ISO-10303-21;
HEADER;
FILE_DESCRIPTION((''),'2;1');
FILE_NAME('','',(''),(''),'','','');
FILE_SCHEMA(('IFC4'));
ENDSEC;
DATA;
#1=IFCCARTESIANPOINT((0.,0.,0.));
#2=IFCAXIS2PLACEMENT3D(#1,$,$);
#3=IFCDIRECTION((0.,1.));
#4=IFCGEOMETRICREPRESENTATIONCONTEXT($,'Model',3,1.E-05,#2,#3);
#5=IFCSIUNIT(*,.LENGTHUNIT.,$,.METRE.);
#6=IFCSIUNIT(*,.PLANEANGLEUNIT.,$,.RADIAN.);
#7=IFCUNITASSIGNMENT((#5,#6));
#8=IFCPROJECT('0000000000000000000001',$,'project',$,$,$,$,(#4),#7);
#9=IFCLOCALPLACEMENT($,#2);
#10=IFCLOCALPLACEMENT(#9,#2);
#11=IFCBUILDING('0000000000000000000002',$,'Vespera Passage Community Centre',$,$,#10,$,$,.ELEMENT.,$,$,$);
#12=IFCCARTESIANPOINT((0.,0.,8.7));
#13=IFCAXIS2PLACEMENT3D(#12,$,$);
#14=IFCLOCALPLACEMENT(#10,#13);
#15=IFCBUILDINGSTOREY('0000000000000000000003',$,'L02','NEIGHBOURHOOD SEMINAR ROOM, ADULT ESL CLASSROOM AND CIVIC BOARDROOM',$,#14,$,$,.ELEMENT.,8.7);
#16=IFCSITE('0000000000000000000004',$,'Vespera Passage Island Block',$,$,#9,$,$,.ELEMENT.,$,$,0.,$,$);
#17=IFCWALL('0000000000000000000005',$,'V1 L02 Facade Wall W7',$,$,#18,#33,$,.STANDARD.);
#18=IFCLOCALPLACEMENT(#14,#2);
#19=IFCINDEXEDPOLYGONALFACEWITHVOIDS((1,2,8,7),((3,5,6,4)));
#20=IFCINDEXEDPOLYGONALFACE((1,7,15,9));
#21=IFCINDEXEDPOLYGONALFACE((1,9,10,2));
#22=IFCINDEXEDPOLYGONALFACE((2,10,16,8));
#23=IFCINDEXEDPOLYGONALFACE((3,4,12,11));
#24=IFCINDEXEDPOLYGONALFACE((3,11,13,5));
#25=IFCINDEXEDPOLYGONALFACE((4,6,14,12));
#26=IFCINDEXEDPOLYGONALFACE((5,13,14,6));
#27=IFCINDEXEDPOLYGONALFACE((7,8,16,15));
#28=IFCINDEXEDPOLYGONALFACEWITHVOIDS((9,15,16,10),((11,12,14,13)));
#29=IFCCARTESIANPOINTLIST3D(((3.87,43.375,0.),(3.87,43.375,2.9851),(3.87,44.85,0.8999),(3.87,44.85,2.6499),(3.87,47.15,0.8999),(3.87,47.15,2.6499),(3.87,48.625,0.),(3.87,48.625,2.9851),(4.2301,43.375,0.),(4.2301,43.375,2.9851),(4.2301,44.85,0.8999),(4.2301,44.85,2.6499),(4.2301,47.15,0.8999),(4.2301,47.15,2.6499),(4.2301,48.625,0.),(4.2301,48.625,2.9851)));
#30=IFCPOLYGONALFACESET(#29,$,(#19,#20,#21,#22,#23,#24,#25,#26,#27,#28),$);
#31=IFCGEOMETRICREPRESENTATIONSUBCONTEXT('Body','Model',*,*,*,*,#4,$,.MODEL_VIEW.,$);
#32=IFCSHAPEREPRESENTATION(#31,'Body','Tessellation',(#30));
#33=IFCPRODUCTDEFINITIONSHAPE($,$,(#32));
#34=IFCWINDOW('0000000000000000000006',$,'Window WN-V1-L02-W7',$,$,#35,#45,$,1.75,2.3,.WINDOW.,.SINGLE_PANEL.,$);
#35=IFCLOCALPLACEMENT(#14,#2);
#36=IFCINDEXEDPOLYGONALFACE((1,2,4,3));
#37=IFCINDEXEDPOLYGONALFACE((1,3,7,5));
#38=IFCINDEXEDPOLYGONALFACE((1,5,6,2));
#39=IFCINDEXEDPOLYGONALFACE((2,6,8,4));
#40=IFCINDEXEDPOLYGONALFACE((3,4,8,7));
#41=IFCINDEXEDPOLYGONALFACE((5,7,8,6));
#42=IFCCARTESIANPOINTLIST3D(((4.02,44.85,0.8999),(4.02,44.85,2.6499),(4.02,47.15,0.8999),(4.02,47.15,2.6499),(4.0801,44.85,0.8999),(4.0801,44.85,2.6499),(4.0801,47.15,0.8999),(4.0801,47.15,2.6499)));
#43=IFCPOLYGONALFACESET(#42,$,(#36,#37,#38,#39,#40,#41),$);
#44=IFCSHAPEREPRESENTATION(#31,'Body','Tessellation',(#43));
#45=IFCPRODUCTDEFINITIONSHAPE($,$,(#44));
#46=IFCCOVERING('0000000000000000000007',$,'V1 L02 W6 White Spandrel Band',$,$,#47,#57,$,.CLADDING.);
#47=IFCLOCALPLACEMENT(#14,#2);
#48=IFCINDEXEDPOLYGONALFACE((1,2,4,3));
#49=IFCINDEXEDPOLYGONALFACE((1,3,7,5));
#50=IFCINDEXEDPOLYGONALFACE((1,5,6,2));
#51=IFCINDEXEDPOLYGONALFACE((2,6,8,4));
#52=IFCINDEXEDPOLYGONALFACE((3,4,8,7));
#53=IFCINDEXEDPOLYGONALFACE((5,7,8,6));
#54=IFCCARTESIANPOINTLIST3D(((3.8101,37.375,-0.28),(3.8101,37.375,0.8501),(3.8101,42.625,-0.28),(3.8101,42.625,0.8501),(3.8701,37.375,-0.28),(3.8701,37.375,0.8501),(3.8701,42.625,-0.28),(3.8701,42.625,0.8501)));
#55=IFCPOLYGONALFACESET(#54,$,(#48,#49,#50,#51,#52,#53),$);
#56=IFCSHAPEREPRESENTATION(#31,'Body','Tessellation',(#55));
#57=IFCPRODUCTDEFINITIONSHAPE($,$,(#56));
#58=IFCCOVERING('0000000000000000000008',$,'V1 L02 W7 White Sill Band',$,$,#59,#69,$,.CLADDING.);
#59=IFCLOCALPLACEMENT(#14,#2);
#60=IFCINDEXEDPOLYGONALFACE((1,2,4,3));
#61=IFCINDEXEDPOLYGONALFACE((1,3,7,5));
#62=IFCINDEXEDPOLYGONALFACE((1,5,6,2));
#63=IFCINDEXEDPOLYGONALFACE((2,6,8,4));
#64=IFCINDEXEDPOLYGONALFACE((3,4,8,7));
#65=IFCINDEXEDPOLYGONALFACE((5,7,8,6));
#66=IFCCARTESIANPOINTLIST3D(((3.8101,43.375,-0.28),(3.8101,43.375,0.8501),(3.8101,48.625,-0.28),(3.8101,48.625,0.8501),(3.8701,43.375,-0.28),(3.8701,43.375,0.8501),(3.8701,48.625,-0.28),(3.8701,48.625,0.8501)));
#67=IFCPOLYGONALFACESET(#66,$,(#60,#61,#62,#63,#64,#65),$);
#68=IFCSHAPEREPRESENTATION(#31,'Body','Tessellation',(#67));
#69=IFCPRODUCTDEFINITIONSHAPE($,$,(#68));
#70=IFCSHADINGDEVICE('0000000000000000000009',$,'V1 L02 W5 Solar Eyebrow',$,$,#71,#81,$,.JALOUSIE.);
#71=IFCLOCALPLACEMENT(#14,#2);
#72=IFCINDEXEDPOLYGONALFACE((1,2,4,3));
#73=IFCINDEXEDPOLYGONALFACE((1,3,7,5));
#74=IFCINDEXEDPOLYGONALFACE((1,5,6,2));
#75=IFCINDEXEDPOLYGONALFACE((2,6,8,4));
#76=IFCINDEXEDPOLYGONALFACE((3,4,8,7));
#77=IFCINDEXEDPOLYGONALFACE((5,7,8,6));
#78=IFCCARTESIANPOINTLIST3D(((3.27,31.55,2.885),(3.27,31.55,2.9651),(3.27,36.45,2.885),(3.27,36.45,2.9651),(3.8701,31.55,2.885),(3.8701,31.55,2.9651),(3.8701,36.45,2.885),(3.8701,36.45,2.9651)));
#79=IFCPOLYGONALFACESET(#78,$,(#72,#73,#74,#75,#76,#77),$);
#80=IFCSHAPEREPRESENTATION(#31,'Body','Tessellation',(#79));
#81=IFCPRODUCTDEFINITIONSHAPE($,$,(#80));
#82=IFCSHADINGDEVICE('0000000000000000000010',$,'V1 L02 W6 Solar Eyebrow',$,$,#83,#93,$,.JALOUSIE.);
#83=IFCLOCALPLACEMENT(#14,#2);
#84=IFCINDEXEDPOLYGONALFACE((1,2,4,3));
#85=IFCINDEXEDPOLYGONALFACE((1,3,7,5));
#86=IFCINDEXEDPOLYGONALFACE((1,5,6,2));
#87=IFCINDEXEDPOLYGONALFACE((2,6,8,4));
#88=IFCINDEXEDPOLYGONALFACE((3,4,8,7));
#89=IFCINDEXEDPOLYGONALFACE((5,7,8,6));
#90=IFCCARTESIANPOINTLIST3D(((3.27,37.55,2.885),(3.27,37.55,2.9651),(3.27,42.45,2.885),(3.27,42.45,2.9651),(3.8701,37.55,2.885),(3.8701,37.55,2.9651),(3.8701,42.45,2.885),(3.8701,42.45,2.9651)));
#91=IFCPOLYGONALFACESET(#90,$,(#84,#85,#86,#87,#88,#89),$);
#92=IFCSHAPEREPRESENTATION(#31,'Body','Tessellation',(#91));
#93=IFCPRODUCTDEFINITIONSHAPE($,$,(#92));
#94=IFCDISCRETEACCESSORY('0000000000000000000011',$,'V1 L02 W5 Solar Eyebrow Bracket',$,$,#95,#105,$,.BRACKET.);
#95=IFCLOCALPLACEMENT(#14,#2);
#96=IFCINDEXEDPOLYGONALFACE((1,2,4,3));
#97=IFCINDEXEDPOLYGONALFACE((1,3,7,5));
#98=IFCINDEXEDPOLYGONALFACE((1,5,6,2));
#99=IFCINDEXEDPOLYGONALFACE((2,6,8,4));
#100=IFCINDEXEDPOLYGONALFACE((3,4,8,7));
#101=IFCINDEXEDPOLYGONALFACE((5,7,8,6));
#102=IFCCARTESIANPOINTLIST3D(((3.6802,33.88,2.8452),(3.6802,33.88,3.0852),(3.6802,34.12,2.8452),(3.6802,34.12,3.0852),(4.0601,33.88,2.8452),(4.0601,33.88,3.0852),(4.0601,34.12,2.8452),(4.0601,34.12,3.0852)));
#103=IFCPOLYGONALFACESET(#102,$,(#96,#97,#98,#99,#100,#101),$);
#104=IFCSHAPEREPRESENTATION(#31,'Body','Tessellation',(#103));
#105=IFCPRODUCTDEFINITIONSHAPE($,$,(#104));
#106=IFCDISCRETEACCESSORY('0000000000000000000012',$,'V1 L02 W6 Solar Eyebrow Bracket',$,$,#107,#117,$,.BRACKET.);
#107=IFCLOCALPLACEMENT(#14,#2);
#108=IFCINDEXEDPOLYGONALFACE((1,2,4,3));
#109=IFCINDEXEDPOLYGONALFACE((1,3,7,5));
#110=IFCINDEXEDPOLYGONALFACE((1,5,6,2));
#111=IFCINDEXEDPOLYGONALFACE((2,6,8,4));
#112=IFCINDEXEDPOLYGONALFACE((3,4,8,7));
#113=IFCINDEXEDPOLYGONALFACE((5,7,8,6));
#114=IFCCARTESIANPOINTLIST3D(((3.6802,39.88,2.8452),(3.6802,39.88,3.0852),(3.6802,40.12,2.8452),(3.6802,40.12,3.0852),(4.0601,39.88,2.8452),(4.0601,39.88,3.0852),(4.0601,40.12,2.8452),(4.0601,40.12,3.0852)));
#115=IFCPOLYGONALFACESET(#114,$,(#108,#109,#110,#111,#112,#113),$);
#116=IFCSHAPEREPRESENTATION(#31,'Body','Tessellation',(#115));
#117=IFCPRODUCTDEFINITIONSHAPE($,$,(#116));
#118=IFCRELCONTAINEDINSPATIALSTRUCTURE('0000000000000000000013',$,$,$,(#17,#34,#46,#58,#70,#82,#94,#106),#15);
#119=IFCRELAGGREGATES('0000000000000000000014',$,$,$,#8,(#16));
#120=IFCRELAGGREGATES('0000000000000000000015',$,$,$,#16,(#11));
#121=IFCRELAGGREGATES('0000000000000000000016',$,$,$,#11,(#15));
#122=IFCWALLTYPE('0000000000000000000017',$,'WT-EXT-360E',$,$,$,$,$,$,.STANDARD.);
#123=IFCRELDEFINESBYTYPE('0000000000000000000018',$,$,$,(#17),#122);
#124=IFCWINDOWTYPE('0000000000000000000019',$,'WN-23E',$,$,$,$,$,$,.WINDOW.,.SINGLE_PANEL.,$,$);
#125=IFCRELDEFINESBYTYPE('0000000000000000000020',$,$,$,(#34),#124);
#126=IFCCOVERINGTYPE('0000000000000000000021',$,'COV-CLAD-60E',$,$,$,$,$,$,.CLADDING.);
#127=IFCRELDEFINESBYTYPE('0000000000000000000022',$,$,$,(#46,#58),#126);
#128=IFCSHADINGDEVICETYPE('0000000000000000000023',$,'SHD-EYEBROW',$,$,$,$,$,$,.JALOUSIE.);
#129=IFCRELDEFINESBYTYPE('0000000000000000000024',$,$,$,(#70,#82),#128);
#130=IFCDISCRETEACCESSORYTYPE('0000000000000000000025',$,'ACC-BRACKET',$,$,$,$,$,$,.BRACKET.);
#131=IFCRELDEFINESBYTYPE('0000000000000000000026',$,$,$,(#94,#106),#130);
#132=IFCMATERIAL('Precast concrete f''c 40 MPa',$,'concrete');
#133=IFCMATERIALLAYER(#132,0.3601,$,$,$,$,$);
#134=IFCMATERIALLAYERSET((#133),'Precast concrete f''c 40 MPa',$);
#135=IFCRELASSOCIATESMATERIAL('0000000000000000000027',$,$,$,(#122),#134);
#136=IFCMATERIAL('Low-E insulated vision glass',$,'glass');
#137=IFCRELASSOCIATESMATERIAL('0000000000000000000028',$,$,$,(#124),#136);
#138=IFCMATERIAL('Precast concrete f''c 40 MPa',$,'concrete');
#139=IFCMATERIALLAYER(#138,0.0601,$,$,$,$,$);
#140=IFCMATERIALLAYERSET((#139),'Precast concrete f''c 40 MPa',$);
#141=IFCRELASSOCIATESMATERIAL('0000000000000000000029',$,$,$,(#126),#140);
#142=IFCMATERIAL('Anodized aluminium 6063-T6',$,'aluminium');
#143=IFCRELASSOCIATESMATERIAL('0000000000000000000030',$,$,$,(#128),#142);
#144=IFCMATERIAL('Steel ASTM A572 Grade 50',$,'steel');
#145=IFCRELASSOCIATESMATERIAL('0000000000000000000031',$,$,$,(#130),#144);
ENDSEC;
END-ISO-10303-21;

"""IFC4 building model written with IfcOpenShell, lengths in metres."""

from ifc_helpers import new_model, si_unit, direction, frame, frame_2d, origin, origin_2d, place, context, subcontext, project, spatial, rectangle, extrude, material, layer, layer_set, type_object, element, fill, save


model = new_model("IFC4")

# Units and contexts
model_context = context("Model", 3, precision=1e-05, world=origin(), true_north=direction((0.0, 1.0)))
body_context = subcontext(model_context, "Body", "Model", "MODEL_VIEW")
ifc_project = project(units=[si_unit("LENGTHUNIT", "METRE"), si_unit("PLANEANGLEUNIT", "RADIAN")], contexts=[model_context])

# Site, building, storey
site_placement = place(None, origin())
site = spatial("IfcSite", under=ifc_project, at=site_placement, Name="Vespera Passage Island Block", CompositionType="ELEMENT", RefElevation=0.0)
building_placement = place(site_placement, origin())
building = spatial("IfcBuilding", under=site, at=building_placement, Name="Vespera Passage Community Centre", CompositionType="ELEMENT")
storey_placement = place(building_placement, frame((0.0, 0.0, 8.7)))
storey = spatial("IfcBuildingStorey", under=building, at=storey_placement, Name="L02", Description="NEIGHBOURHOOD SEMINAR ROOM, ADULT ESL CLASSROOM AND CIVIC BOARDROOM", CompositionType="ELEMENT", Elevation=8.7)

# Shared definitions
ifc_material_1 = material(Name="Precast concrete f'c 40 MPa", Category="concrete")
ifc_layer_1 = layer(ifc_material_1, 0.3601)
ifc_layer_set_1 = layer_set([ifc_layer_1], Name="Precast concrete f'c 40 MPa")
wall_type_1 = type_object("IfcWallType", Name="WT-EXT-360E", PredefinedType="STANDARD", material=ifc_layer_set_1)

# Wall, opening, window
wall_1_placement = place(storey_placement, frame((4.05, 43.375, 0.0), z_axis=(0.0, 0.0, 1.0), x_axis=(0.0, 1.0, 0.0)))
wall_1 = element("IfcWall", 1, at=wall_1_placement, inside=storey, type_object=wall_type_1, Name="V1 L02 Facade Wall W7", PredefinedType="STANDARD", context=body_context, shape_type="SweptSolid", body=[
    extrude(rectangle(XDim=5.25, YDim=0.3601, at=frame_2d((2.625, 0.0))), origin(), (0.0, 0.0, 1.0), 2.9851),
])
opening_placement = place(wall_1_placement, frame((1.4751, 0.0, 0.8999)))
opening = element("IfcOpeningElement", 2, at=opening_placement, cuts=wall_1, PredefinedType="OPENING", context=body_context, shape_type="SweptSolid", body=[
    extrude(rectangle(XDim=2.3, YDim=1.75, at=frame_2d((1.1499, 0.875))), frame((0.0, 0.1902, 0.0), z_axis=(0.0, -1.0, 0.0), x_axis=(1.0, 0.0, 0.0)), (0.0, 0.0, 1.0), 0.3801),
])
ifc_material_2 = material(Name="Low-E insulated vision glass", Category="glass")
window_type = type_object("IfcWindowType", Name="WN-23E", PartitioningType="SINGLE_PANEL", PredefinedType="WINDOW", material=ifc_material_2)
window_placement = place(opening_placement, origin())
window = element("IfcWindow", 3, at=window_placement, inside=storey, type_object=window_type, Name="Window WN-V1-L02-W7", OverallHeight=1.75, OverallWidth=2.3, PartitioningType="SINGLE_PANEL", PredefinedType="WINDOW", context=body_context, shape_type="SweptSolid", body=[
    extrude(rectangle(XDim=2.3, YDim=1.75, at=frame_2d((1.1499, 0.875))), frame((0.0, 0.03, 0.0), z_axis=(0.0, -1.0, 0.0), x_axis=(1.0, 0.0, 0.0)), (0.0, 0.0, 1.0), 0.0601),
])
fill(opening, window)

# Coverings
ifc_material_3 = material(Name="Precast concrete f'c 40 MPa", Category="concrete")
ifc_layer_2 = layer(ifc_material_3, 0.0601)
ifc_layer_set_2 = layer_set([ifc_layer_2], Name="Precast concrete f'c 40 MPa")
covering_type = type_object("IfcCoveringType", Name="COV-CLAD-60E", PredefinedType="CLADDING", material=ifc_layer_set_2)
for number, where, z_axis, x_axis, name in (
    (4, (3.8401, 37.375, -0.28), (0.0, 0.0, 1.0), (0.0, 1.0, 0.0), "V1 L02 W6 White Spandrel Band"),
    (5, (3.8401, 43.375, -0.28), (0.0, 0.0, 1.0), (0.0, 1.0, 0.0), "V1 L02 W7 White Sill Band"),
):
    element("IfcCovering", number, at=place(storey_placement, frame(where, z_axis=z_axis, x_axis=x_axis)), inside=storey, type_object=covering_type, Name=name, PredefinedType="CLADDING", context=body_context, shape_type="SweptSolid", body=[
        extrude(rectangle(XDim=5.25, YDim=0.0601, at=frame_2d((2.625, 0.0))), origin(), (0.0, 0.0, 1.0), 1.1301),
    ])

# Shading devices
ifc_material_4 = material(Name="Anodized aluminium 6063-T6", Category="aluminium")
shading_device_type = type_object("IfcShadingDeviceType", Name="SHD-EYEBROW", PredefinedType="JALOUSIE", material=ifc_material_4)
for number, where, z_axis, x_axis, name in (
    (6, (3.5701, 34.0, 2.885), (0.0, 0.0, 1.0), (0.0, 1.0, 0.0), "V1 L02 W5 Solar Eyebrow"),
    (7, (3.5701, 40.0, 2.885), (0.0, 0.0, 1.0), (0.0, 1.0, 0.0), "V1 L02 W6 Solar Eyebrow"),
):
    element("IfcShadingDevice", number, at=place(storey_placement, frame(where, z_axis=z_axis, x_axis=x_axis)), inside=storey, type_object=shading_device_type, Name=name, PredefinedType="JALOUSIE", context=body_context, shape_type="SweptSolid", body=[
        extrude(rectangle(XDim=4.8999, YDim=0.6001, at=origin_2d()), origin(), (0.0, 0.0, 1.0), 0.0801),
    ])

# Discrete accessories
ifc_material_5 = material(Name="Steel ASTM A572 Grade 50", Category="steel")
discrete_accessory_type = type_object("IfcDiscreteAccessoryType", Name="ACC-BRACKET", PredefinedType="BRACKET", material=ifc_material_5)
for number, where, z_axis, x_axis, name in (
    (8, (3.8701, 34.0, 2.8452), (0.0, 0.0, 1.0), (0.0, 1.0, 0.0), "V1 L02 W5 Solar Eyebrow Bracket"),
    (9, (3.8701, 40.0, 2.8452), (0.0, 0.0, 1.0), (0.0, 1.0, 0.0), "V1 L02 W6 Solar Eyebrow Bracket"),
):
    element("IfcDiscreteAccessory", number, at=place(storey_placement, frame(where, z_axis=z_axis, x_axis=x_axis)), inside=storey, type_object=discrete_accessory_type, Name=name, PredefinedType="BRACKET", context=body_context, shape_type="SweptSolid", body=[
        extrude(rectangle(XDim=0.24, YDim=0.3799, at=origin_2d()), origin(), (0.0, 0.0, 1.0), 0.24),
    ])

save(model, "model.ifc")
